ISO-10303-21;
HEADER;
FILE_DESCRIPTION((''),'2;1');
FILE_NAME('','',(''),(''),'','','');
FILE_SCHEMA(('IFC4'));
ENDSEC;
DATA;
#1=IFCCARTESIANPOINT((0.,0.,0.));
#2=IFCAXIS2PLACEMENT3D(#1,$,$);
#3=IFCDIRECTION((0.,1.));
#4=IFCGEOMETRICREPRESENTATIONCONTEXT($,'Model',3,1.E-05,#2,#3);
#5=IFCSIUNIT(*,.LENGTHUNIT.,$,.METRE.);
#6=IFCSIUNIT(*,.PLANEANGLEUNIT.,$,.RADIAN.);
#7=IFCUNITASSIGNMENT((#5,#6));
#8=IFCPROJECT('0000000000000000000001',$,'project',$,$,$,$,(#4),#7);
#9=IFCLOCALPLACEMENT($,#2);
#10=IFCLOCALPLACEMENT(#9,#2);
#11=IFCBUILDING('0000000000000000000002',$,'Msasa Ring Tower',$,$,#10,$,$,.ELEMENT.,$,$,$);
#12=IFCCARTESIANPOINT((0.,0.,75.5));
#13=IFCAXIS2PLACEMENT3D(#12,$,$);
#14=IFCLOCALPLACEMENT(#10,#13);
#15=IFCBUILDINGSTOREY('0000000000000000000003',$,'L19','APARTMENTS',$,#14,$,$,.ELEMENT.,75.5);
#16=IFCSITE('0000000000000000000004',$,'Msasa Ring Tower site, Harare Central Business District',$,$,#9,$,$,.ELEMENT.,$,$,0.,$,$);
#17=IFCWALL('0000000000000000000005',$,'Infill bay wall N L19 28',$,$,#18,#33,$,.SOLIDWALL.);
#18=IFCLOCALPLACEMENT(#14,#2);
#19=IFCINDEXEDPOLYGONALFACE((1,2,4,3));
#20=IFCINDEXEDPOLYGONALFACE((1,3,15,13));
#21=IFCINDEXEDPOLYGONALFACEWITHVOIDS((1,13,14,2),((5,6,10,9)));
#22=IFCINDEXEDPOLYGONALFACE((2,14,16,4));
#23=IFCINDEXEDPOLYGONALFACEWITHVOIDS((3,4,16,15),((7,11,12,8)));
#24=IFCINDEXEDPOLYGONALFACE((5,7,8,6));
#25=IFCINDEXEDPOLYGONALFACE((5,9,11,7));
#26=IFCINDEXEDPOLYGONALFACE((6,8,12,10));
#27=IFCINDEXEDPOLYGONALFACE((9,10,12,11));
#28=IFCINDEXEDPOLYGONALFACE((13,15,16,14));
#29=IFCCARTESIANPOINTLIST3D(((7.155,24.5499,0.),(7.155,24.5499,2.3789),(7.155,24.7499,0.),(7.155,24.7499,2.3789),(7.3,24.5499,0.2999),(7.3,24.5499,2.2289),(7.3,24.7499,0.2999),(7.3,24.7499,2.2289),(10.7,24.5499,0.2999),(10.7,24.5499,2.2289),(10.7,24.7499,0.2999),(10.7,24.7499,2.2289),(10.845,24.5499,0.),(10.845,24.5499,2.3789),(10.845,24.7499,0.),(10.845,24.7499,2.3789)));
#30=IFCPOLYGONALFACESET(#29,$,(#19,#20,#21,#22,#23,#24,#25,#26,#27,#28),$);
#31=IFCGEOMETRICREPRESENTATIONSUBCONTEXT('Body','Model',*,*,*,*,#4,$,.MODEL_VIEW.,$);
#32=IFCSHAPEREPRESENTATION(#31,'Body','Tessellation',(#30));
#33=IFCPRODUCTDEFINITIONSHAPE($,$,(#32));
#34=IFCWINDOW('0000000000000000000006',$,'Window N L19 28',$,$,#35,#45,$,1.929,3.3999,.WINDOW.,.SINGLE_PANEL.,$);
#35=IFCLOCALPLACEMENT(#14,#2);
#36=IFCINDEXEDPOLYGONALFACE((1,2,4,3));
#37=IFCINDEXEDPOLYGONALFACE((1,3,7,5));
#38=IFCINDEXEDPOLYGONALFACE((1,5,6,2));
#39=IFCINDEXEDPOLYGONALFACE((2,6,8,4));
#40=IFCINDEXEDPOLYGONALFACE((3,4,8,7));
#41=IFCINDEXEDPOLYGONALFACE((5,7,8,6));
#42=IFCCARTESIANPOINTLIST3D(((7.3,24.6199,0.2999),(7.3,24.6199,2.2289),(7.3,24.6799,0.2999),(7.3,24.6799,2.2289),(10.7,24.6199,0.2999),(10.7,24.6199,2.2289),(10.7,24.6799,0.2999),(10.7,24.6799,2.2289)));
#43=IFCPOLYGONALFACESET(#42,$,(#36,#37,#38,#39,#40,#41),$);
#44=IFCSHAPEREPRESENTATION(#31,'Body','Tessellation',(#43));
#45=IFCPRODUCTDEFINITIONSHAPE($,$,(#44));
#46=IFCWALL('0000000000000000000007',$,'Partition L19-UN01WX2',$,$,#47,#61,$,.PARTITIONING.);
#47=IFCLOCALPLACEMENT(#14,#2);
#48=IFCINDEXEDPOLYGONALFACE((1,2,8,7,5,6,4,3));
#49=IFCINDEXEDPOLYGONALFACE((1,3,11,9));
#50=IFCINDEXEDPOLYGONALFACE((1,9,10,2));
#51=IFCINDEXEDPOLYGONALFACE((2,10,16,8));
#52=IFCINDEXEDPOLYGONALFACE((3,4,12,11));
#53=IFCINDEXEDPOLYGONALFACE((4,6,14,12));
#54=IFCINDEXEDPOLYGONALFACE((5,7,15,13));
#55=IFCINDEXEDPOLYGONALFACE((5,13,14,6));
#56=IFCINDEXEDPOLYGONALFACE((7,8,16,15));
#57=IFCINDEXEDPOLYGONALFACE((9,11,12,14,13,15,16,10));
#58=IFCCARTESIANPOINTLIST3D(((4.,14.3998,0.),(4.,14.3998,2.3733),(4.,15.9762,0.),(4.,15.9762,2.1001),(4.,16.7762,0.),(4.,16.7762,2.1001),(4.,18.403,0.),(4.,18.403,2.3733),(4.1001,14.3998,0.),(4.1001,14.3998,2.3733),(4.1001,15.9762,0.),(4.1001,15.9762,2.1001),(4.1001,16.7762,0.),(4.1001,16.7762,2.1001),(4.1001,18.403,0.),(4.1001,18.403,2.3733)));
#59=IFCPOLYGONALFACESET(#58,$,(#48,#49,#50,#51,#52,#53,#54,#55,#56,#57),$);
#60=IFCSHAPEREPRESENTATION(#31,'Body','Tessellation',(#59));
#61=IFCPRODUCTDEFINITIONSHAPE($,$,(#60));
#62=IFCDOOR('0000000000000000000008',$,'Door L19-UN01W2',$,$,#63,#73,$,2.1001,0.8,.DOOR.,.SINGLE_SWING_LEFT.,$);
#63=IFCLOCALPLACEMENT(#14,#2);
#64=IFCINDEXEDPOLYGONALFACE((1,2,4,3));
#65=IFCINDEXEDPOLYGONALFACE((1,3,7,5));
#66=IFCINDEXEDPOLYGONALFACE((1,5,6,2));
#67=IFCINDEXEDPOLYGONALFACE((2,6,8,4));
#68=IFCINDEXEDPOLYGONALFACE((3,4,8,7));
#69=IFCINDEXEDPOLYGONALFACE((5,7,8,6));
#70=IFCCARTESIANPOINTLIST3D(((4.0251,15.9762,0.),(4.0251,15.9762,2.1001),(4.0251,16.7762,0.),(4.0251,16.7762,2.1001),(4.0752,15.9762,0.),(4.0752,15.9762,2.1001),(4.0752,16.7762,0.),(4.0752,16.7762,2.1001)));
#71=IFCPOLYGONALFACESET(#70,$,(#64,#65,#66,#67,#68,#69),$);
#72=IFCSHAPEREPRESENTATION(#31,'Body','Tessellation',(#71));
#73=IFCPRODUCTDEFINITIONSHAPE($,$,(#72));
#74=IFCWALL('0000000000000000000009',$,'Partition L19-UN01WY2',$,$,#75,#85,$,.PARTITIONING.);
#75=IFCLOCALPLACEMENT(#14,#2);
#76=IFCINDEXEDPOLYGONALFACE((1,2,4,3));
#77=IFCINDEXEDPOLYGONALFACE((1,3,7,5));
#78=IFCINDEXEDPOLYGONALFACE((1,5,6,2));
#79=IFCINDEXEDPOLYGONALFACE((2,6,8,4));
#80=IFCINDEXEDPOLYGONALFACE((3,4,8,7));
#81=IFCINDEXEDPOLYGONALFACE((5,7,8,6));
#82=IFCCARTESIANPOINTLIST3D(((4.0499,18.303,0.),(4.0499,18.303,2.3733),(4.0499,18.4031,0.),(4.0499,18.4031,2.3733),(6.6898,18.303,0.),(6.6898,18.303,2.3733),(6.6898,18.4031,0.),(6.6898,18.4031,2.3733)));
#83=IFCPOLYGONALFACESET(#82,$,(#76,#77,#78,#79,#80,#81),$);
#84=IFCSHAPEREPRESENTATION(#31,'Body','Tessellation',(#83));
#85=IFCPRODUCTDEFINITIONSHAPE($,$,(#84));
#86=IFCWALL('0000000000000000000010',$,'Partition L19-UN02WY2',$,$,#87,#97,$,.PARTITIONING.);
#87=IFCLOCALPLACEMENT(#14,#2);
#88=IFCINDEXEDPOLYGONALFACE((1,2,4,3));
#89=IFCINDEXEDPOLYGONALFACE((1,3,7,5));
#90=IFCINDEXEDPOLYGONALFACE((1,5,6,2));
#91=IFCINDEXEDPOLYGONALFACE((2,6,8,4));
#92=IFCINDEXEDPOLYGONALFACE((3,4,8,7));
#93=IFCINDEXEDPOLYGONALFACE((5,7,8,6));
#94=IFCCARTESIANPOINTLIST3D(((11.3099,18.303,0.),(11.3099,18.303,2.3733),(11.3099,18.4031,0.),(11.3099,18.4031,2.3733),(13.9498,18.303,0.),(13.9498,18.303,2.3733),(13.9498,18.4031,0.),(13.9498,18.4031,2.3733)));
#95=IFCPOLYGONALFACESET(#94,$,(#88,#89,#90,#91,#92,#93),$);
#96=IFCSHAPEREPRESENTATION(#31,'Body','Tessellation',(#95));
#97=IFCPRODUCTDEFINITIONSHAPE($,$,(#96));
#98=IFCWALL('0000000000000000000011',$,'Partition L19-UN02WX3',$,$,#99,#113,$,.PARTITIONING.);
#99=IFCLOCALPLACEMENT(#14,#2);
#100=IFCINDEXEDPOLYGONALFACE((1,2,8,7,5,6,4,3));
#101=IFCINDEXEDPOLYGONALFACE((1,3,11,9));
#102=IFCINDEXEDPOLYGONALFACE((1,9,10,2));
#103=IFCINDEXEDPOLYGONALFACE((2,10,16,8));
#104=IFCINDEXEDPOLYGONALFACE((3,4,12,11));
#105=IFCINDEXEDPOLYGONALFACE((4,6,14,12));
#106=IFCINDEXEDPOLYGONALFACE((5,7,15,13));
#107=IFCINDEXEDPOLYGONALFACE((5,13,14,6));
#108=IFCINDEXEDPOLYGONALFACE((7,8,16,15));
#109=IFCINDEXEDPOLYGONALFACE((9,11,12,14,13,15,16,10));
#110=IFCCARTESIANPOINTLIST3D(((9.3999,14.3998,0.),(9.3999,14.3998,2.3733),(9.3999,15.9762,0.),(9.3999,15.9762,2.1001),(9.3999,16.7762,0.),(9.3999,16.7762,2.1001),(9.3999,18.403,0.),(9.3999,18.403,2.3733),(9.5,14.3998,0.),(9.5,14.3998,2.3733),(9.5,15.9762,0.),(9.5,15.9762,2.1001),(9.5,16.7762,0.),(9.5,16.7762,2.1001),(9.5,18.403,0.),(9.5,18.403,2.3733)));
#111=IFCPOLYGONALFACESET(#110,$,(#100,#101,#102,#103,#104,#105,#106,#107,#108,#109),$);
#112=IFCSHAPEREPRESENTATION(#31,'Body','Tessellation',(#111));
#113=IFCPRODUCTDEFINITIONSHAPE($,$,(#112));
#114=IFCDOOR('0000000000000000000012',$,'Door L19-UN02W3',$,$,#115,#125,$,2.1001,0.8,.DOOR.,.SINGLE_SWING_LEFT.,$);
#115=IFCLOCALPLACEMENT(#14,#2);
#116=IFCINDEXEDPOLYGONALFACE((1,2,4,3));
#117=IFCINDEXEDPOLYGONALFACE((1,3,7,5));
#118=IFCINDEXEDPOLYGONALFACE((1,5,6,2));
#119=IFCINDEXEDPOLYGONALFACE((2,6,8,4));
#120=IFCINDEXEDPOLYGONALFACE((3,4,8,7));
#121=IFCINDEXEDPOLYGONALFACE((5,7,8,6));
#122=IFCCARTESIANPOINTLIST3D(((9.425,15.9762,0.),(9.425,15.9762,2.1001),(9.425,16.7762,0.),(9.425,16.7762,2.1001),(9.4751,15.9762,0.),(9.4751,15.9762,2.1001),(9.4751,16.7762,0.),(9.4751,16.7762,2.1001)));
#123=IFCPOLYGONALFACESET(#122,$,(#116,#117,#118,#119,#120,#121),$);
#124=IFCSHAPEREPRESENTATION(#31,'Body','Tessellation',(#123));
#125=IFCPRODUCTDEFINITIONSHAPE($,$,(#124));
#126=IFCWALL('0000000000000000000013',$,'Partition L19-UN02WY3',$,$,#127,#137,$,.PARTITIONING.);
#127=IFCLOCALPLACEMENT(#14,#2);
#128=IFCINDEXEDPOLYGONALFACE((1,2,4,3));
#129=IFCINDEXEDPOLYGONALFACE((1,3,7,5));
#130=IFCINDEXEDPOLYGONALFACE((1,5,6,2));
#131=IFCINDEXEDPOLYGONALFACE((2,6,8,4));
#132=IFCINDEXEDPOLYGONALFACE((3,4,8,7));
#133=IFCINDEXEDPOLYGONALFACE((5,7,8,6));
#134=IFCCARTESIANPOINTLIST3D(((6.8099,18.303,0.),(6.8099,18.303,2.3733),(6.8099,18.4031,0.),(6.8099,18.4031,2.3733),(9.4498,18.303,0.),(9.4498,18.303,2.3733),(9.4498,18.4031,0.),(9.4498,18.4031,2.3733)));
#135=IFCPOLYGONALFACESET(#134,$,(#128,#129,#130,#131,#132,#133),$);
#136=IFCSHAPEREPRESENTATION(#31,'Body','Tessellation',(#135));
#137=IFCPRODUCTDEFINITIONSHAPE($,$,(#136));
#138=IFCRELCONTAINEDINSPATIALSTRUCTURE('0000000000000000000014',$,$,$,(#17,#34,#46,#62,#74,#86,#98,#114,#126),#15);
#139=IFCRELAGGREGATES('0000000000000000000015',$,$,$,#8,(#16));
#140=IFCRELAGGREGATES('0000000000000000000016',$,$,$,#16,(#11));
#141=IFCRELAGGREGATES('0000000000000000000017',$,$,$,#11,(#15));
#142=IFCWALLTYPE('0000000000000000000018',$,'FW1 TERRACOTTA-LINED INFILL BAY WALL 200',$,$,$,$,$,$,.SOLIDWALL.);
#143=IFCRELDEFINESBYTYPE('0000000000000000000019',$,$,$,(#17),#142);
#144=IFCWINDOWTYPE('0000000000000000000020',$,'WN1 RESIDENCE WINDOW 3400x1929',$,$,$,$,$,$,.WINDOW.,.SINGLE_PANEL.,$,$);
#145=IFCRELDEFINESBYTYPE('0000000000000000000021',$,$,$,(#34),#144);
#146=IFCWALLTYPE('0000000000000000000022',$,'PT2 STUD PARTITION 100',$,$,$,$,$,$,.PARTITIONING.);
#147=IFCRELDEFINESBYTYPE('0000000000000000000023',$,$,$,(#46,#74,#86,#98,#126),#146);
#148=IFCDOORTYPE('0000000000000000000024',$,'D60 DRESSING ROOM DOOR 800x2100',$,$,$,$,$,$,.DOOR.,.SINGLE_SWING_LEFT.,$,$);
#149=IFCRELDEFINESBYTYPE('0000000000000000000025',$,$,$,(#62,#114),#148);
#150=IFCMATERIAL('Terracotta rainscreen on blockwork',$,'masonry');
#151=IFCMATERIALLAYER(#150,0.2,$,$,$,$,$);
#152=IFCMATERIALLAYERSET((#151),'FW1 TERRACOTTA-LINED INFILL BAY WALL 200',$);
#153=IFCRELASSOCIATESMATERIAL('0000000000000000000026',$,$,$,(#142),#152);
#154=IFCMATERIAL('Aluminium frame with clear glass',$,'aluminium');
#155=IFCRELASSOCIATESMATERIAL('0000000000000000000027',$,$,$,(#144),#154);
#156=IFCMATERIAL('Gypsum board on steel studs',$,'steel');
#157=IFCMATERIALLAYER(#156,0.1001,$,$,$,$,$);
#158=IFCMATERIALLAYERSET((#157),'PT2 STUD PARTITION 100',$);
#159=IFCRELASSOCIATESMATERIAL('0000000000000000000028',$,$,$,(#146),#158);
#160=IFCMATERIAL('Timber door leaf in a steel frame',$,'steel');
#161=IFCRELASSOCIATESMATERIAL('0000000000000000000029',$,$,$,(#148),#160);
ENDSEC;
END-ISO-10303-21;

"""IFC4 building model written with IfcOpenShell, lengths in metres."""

from ifc_helpers import new_model, si_unit, direction, frame, frame_2d, origin, place, context, subcontext, project, spatial, rectangle, extrude, material, layer, layer_set, type_object, element, fill, save


model = new_model("IFC4")

# Units and contexts
model_context = context("Model", 3, precision=1e-05, world=origin(), true_north=direction((0.0, 1.0)))
body_context = subcontext(model_context, "Body", "Model", "MODEL_VIEW")
ifc_project = project(units=[si_unit("LENGTHUNIT", "METRE"), si_unit("PLANEANGLEUNIT", "RADIAN")], contexts=[model_context])

# Site, building, storey
site_placement = place(None, origin())
site = spatial("IfcSite", under=ifc_project, at=site_placement, Name="Msasa Ring Tower site, Harare Central Business District", CompositionType="ELEMENT", RefElevation=0.0)
building_placement = place(site_placement, origin())
building = spatial("IfcBuilding", under=site, at=building_placement, Name="Msasa Ring Tower", CompositionType="ELEMENT")
storey_placement = place(building_placement, frame((0.0, 0.0, 75.5)))
storey = spatial("IfcBuildingStorey", under=building, at=storey_placement, Name="L19", Description="APARTMENTS", CompositionType="ELEMENT", Elevation=75.5)

# Wall, opening, window
ifc_material_1 = material(Name="Terracotta rainscreen on blockwork", Category="masonry")
ifc_layer_1 = layer(ifc_material_1, 0.2)
ifc_layer_set_1 = layer_set([ifc_layer_1], Name="FW1 TERRACOTTA-LINED INFILL BAY WALL 200")
wall_type_1 = type_object("IfcWallType", Name="FW1 TERRACOTTA-LINED INFILL BAY WALL 200", PredefinedType="SOLIDWALL", material=ifc_layer_set_1)
ifc_material_2 = material(Name="Aluminium frame with clear glass", Category="aluminium")
window_type = type_object("IfcWindowType", Name="WN1 RESIDENCE WINDOW 3400x1929", PartitioningType="SINGLE_PANEL", PredefinedType="WINDOW", material=ifc_material_2)
wall_1_placement = place(storey_placement, frame((7.155, 24.6499, 0.0), z_axis=(0.0, 0.0, 1.0), x_axis=(1.0, 0.0, 0.0)))
wall_1 = element("IfcWall", 1, at=wall_1_placement, inside=storey, type_object=wall_type_1, Name="Infill bay wall N L19 28", PredefinedType="SOLIDWALL", context=body_context, shape_type="SweptSolid", body=[
    extrude(rectangle(XDim=3.6899, YDim=0.2, at=frame_2d((1.845, 0.0))), origin(), (0.0, 0.0, 1.0), 2.3789),
])
opening_1_placement = place(wall_1_placement, frame((0.145, 0.0, 0.3)))
opening_1 = element("IfcOpeningElement", 2, at=opening_1_placement, cuts=wall_1, PredefinedType="OPENING", context=body_context, shape_type="SweptSolid", body=[
    extrude(rectangle(XDim=3.3999, YDim=1.929, at=frame_2d((1.7, 0.9644))), frame((0.0, 0.1099, 0.0), z_axis=(0.0, -1.0, 0.0), x_axis=(1.0, 0.0, 0.0)), (0.0, 0.0, 1.0), 0.22),
])
window_1_placement = place(opening_1_placement, origin())
window_1 = element("IfcWindow", 3, at=window_1_placement, inside=storey, type_object=window_type, Name="Window N L19 28", OverallHeight=1.929, OverallWidth=3.3999, PartitioningType="SINGLE_PANEL", PredefinedType="WINDOW", context=body_context, shape_type="SweptSolid", body=[
    extrude(rectangle(XDim=3.3999, YDim=1.929, at=frame_2d((1.7, 0.9644))), frame((0.0, 0.03, 0.0), z_axis=(0.0, -1.0, 0.0), x_axis=(1.0, 0.0, 0.0)), (0.0, 0.0, 1.0), 0.0601),
])
fill(opening_1, window_1)

# Wall, opening, door
ifc_material_3 = material(Name="Gypsum board on steel studs", Category="steel")
ifc_layer_2 = layer(ifc_material_3, 0.1001)
ifc_layer_set_2 = layer_set([ifc_layer_2], Name="PT2 STUD PARTITION 100")
wall_type_2 = type_object("IfcWallType", Name="PT2 STUD PARTITION 100", PredefinedType="PARTITIONING", material=ifc_layer_set_2)
wall_2_placement = place(storey_placement, frame((4.05, 14.3999, 0.0), z_axis=(0.0, 0.0, 1.0), x_axis=(0.0, 1.0, 0.0)))
wall_2 = element("IfcWall", 4, at=wall_2_placement, inside=storey, type_object=wall_type_2, Name="Partition L19-UN01WX2", PredefinedType="PARTITIONING", context=body_context, shape_type="SweptSolid", body=[
    extrude(rectangle(XDim=4.0032, YDim=0.1001, at=frame_2d((2.0015, 0.0))), origin(), (0.0, 0.0, 1.0), 2.3733),
])
opening_2_placement = place(wall_2_placement, frame((1.5764, 0.0, 0.0)))
opening_2 = element("IfcOpeningElement", 5, at=opening_2_placement, cuts=wall_2, PredefinedType="OPENING", context=body_context, shape_type="SweptSolid", body=[
    extrude(rectangle(XDim=0.8, YDim=2.1001, at=frame_2d((0.3999, 1.05))), frame((0.0, 0.0601, 0.0), z_axis=(0.0, -1.0, 0.0), x_axis=(1.0, 0.0, 0.0)), (0.0, 0.0, 1.0), 0.1201),
])
ifc_material_4 = material(Name="Timber door leaf in a steel frame", Category="steel")
door_type = type_object("IfcDoorType", Name="D60 DRESSING ROOM DOOR 800x2100", OperationType="SINGLE_SWING_LEFT", PredefinedType="DOOR", material=ifc_material_4)
door_1_placement = place(opening_2_placement, origin())
door_1 = element("IfcDoor", 6, at=door_1_placement, inside=storey, type_object=door_type, Name="Door L19-UN01W2", OperationType="SINGLE_SWING_LEFT", OverallHeight=2.1001, OverallWidth=0.8, PredefinedType="DOOR", context=body_context, shape_type="SweptSolid", body=[
    extrude(rectangle(XDim=0.8, YDim=2.1001, at=frame_2d((0.3999, 1.05))), frame((0.0, 0.0249, 0.0), z_axis=(0.0, -1.0, 0.0), x_axis=(1.0, 0.0, 0.0)), (0.0, 0.0, 1.0), 0.05),
])
fill(opening_2, door_1)

# Walls
for number, where, z_axis, x_axis, name in (
    (7, (4.05, 18.353, 0.0), (0.0, 0.0, 1.0), (1.0, 0.0, 0.0), "Partition L19-UN01WY2"),
    (8, (11.3101, 18.353, 0.0), (0.0, 0.0, 1.0), (1.0, 0.0, 0.0), "Partition L19-UN02WY2"),
):
    element("IfcWall", number, at=place(storey_placement, frame(where, z_axis=z_axis, x_axis=x_axis)), inside=storey, type_object=wall_type_2, Name=name, PredefinedType="PARTITIONING", context=body_context, shape_type="SweptSolid", body=[
        extrude(rectangle(XDim=2.6399, YDim=0.1001, at=frame_2d((1.3198, 0.0))), origin(), (0.0, 0.0, 1.0), 2.3733),
    ])

# Wall, opening, door
wall_3_placement = place(storey_placement, frame((9.45, 14.3999, 0.0), z_axis=(0.0, 0.0, 1.0), x_axis=(0.0, 1.0, 0.0)))
wall_3 = element("IfcWall", 9, at=wall_3_placement, inside=storey, type_object=wall_type_2, Name="Partition L19-UN02WX3", PredefinedType="PARTITIONING", context=body_context, shape_type="SweptSolid", body=[
    extrude(rectangle(XDim=4.0032, YDim=0.1001, at=frame_2d((2.0015, 0.0))), origin(), (0.0, 0.0, 1.0), 2.3733),
])
opening_3_placement = place(wall_3_placement, frame((1.5764, 0.0, 0.0)))
opening_3 = element("IfcOpeningElement", 10, at=opening_3_placement, cuts=wall_3, PredefinedType="OPENING", context=body_context, shape_type="SweptSolid", body=[
    extrude(rectangle(XDim=0.8, YDim=2.1001, at=frame_2d((0.3999, 1.05))), frame((0.0, 0.0601, 0.0), z_axis=(0.0, -1.0, 0.0), x_axis=(1.0, 0.0, 0.0)), (0.0, 0.0, 1.0), 0.1201),
])
door_2_placement = place(opening_3_placement, origin())
door_2 = element("IfcDoor", 11, at=door_2_placement, inside=storey, type_object=door_type, Name="Door L19-UN02W3", OperationType="SINGLE_SWING_LEFT", OverallHeight=2.1001, OverallWidth=0.8, PredefinedType="DOOR", context=body_context, shape_type="SweptSolid", body=[
    extrude(rectangle(XDim=0.8, YDim=2.1001, at=frame_2d((0.3999, 1.05))), frame((0.0, 0.0249, 0.0), z_axis=(0.0, -1.0, 0.0), x_axis=(1.0, 0.0, 0.0)), (0.0, 0.0, 1.0), 0.05),
])
fill(opening_3, door_2)

# Wall
wall_4_placement = place(storey_placement, frame((6.8101, 18.353, 0.0), z_axis=(0.0, 0.0, 1.0), x_axis=(1.0, 0.0, 0.0)))
element("IfcWall", 12, at=wall_4_placement, inside=storey, type_object=wall_type_2, Name="Partition L19-UN02WY3", PredefinedType="PARTITIONING", context=body_context, shape_type="SweptSolid", body=[
    extrude(rectangle(XDim=2.6399, YDim=0.1001, at=frame_2d((1.3198, 0.0))), origin(), (0.0, 0.0, 1.0), 2.3733),
])

save(model, "model.ifc")
